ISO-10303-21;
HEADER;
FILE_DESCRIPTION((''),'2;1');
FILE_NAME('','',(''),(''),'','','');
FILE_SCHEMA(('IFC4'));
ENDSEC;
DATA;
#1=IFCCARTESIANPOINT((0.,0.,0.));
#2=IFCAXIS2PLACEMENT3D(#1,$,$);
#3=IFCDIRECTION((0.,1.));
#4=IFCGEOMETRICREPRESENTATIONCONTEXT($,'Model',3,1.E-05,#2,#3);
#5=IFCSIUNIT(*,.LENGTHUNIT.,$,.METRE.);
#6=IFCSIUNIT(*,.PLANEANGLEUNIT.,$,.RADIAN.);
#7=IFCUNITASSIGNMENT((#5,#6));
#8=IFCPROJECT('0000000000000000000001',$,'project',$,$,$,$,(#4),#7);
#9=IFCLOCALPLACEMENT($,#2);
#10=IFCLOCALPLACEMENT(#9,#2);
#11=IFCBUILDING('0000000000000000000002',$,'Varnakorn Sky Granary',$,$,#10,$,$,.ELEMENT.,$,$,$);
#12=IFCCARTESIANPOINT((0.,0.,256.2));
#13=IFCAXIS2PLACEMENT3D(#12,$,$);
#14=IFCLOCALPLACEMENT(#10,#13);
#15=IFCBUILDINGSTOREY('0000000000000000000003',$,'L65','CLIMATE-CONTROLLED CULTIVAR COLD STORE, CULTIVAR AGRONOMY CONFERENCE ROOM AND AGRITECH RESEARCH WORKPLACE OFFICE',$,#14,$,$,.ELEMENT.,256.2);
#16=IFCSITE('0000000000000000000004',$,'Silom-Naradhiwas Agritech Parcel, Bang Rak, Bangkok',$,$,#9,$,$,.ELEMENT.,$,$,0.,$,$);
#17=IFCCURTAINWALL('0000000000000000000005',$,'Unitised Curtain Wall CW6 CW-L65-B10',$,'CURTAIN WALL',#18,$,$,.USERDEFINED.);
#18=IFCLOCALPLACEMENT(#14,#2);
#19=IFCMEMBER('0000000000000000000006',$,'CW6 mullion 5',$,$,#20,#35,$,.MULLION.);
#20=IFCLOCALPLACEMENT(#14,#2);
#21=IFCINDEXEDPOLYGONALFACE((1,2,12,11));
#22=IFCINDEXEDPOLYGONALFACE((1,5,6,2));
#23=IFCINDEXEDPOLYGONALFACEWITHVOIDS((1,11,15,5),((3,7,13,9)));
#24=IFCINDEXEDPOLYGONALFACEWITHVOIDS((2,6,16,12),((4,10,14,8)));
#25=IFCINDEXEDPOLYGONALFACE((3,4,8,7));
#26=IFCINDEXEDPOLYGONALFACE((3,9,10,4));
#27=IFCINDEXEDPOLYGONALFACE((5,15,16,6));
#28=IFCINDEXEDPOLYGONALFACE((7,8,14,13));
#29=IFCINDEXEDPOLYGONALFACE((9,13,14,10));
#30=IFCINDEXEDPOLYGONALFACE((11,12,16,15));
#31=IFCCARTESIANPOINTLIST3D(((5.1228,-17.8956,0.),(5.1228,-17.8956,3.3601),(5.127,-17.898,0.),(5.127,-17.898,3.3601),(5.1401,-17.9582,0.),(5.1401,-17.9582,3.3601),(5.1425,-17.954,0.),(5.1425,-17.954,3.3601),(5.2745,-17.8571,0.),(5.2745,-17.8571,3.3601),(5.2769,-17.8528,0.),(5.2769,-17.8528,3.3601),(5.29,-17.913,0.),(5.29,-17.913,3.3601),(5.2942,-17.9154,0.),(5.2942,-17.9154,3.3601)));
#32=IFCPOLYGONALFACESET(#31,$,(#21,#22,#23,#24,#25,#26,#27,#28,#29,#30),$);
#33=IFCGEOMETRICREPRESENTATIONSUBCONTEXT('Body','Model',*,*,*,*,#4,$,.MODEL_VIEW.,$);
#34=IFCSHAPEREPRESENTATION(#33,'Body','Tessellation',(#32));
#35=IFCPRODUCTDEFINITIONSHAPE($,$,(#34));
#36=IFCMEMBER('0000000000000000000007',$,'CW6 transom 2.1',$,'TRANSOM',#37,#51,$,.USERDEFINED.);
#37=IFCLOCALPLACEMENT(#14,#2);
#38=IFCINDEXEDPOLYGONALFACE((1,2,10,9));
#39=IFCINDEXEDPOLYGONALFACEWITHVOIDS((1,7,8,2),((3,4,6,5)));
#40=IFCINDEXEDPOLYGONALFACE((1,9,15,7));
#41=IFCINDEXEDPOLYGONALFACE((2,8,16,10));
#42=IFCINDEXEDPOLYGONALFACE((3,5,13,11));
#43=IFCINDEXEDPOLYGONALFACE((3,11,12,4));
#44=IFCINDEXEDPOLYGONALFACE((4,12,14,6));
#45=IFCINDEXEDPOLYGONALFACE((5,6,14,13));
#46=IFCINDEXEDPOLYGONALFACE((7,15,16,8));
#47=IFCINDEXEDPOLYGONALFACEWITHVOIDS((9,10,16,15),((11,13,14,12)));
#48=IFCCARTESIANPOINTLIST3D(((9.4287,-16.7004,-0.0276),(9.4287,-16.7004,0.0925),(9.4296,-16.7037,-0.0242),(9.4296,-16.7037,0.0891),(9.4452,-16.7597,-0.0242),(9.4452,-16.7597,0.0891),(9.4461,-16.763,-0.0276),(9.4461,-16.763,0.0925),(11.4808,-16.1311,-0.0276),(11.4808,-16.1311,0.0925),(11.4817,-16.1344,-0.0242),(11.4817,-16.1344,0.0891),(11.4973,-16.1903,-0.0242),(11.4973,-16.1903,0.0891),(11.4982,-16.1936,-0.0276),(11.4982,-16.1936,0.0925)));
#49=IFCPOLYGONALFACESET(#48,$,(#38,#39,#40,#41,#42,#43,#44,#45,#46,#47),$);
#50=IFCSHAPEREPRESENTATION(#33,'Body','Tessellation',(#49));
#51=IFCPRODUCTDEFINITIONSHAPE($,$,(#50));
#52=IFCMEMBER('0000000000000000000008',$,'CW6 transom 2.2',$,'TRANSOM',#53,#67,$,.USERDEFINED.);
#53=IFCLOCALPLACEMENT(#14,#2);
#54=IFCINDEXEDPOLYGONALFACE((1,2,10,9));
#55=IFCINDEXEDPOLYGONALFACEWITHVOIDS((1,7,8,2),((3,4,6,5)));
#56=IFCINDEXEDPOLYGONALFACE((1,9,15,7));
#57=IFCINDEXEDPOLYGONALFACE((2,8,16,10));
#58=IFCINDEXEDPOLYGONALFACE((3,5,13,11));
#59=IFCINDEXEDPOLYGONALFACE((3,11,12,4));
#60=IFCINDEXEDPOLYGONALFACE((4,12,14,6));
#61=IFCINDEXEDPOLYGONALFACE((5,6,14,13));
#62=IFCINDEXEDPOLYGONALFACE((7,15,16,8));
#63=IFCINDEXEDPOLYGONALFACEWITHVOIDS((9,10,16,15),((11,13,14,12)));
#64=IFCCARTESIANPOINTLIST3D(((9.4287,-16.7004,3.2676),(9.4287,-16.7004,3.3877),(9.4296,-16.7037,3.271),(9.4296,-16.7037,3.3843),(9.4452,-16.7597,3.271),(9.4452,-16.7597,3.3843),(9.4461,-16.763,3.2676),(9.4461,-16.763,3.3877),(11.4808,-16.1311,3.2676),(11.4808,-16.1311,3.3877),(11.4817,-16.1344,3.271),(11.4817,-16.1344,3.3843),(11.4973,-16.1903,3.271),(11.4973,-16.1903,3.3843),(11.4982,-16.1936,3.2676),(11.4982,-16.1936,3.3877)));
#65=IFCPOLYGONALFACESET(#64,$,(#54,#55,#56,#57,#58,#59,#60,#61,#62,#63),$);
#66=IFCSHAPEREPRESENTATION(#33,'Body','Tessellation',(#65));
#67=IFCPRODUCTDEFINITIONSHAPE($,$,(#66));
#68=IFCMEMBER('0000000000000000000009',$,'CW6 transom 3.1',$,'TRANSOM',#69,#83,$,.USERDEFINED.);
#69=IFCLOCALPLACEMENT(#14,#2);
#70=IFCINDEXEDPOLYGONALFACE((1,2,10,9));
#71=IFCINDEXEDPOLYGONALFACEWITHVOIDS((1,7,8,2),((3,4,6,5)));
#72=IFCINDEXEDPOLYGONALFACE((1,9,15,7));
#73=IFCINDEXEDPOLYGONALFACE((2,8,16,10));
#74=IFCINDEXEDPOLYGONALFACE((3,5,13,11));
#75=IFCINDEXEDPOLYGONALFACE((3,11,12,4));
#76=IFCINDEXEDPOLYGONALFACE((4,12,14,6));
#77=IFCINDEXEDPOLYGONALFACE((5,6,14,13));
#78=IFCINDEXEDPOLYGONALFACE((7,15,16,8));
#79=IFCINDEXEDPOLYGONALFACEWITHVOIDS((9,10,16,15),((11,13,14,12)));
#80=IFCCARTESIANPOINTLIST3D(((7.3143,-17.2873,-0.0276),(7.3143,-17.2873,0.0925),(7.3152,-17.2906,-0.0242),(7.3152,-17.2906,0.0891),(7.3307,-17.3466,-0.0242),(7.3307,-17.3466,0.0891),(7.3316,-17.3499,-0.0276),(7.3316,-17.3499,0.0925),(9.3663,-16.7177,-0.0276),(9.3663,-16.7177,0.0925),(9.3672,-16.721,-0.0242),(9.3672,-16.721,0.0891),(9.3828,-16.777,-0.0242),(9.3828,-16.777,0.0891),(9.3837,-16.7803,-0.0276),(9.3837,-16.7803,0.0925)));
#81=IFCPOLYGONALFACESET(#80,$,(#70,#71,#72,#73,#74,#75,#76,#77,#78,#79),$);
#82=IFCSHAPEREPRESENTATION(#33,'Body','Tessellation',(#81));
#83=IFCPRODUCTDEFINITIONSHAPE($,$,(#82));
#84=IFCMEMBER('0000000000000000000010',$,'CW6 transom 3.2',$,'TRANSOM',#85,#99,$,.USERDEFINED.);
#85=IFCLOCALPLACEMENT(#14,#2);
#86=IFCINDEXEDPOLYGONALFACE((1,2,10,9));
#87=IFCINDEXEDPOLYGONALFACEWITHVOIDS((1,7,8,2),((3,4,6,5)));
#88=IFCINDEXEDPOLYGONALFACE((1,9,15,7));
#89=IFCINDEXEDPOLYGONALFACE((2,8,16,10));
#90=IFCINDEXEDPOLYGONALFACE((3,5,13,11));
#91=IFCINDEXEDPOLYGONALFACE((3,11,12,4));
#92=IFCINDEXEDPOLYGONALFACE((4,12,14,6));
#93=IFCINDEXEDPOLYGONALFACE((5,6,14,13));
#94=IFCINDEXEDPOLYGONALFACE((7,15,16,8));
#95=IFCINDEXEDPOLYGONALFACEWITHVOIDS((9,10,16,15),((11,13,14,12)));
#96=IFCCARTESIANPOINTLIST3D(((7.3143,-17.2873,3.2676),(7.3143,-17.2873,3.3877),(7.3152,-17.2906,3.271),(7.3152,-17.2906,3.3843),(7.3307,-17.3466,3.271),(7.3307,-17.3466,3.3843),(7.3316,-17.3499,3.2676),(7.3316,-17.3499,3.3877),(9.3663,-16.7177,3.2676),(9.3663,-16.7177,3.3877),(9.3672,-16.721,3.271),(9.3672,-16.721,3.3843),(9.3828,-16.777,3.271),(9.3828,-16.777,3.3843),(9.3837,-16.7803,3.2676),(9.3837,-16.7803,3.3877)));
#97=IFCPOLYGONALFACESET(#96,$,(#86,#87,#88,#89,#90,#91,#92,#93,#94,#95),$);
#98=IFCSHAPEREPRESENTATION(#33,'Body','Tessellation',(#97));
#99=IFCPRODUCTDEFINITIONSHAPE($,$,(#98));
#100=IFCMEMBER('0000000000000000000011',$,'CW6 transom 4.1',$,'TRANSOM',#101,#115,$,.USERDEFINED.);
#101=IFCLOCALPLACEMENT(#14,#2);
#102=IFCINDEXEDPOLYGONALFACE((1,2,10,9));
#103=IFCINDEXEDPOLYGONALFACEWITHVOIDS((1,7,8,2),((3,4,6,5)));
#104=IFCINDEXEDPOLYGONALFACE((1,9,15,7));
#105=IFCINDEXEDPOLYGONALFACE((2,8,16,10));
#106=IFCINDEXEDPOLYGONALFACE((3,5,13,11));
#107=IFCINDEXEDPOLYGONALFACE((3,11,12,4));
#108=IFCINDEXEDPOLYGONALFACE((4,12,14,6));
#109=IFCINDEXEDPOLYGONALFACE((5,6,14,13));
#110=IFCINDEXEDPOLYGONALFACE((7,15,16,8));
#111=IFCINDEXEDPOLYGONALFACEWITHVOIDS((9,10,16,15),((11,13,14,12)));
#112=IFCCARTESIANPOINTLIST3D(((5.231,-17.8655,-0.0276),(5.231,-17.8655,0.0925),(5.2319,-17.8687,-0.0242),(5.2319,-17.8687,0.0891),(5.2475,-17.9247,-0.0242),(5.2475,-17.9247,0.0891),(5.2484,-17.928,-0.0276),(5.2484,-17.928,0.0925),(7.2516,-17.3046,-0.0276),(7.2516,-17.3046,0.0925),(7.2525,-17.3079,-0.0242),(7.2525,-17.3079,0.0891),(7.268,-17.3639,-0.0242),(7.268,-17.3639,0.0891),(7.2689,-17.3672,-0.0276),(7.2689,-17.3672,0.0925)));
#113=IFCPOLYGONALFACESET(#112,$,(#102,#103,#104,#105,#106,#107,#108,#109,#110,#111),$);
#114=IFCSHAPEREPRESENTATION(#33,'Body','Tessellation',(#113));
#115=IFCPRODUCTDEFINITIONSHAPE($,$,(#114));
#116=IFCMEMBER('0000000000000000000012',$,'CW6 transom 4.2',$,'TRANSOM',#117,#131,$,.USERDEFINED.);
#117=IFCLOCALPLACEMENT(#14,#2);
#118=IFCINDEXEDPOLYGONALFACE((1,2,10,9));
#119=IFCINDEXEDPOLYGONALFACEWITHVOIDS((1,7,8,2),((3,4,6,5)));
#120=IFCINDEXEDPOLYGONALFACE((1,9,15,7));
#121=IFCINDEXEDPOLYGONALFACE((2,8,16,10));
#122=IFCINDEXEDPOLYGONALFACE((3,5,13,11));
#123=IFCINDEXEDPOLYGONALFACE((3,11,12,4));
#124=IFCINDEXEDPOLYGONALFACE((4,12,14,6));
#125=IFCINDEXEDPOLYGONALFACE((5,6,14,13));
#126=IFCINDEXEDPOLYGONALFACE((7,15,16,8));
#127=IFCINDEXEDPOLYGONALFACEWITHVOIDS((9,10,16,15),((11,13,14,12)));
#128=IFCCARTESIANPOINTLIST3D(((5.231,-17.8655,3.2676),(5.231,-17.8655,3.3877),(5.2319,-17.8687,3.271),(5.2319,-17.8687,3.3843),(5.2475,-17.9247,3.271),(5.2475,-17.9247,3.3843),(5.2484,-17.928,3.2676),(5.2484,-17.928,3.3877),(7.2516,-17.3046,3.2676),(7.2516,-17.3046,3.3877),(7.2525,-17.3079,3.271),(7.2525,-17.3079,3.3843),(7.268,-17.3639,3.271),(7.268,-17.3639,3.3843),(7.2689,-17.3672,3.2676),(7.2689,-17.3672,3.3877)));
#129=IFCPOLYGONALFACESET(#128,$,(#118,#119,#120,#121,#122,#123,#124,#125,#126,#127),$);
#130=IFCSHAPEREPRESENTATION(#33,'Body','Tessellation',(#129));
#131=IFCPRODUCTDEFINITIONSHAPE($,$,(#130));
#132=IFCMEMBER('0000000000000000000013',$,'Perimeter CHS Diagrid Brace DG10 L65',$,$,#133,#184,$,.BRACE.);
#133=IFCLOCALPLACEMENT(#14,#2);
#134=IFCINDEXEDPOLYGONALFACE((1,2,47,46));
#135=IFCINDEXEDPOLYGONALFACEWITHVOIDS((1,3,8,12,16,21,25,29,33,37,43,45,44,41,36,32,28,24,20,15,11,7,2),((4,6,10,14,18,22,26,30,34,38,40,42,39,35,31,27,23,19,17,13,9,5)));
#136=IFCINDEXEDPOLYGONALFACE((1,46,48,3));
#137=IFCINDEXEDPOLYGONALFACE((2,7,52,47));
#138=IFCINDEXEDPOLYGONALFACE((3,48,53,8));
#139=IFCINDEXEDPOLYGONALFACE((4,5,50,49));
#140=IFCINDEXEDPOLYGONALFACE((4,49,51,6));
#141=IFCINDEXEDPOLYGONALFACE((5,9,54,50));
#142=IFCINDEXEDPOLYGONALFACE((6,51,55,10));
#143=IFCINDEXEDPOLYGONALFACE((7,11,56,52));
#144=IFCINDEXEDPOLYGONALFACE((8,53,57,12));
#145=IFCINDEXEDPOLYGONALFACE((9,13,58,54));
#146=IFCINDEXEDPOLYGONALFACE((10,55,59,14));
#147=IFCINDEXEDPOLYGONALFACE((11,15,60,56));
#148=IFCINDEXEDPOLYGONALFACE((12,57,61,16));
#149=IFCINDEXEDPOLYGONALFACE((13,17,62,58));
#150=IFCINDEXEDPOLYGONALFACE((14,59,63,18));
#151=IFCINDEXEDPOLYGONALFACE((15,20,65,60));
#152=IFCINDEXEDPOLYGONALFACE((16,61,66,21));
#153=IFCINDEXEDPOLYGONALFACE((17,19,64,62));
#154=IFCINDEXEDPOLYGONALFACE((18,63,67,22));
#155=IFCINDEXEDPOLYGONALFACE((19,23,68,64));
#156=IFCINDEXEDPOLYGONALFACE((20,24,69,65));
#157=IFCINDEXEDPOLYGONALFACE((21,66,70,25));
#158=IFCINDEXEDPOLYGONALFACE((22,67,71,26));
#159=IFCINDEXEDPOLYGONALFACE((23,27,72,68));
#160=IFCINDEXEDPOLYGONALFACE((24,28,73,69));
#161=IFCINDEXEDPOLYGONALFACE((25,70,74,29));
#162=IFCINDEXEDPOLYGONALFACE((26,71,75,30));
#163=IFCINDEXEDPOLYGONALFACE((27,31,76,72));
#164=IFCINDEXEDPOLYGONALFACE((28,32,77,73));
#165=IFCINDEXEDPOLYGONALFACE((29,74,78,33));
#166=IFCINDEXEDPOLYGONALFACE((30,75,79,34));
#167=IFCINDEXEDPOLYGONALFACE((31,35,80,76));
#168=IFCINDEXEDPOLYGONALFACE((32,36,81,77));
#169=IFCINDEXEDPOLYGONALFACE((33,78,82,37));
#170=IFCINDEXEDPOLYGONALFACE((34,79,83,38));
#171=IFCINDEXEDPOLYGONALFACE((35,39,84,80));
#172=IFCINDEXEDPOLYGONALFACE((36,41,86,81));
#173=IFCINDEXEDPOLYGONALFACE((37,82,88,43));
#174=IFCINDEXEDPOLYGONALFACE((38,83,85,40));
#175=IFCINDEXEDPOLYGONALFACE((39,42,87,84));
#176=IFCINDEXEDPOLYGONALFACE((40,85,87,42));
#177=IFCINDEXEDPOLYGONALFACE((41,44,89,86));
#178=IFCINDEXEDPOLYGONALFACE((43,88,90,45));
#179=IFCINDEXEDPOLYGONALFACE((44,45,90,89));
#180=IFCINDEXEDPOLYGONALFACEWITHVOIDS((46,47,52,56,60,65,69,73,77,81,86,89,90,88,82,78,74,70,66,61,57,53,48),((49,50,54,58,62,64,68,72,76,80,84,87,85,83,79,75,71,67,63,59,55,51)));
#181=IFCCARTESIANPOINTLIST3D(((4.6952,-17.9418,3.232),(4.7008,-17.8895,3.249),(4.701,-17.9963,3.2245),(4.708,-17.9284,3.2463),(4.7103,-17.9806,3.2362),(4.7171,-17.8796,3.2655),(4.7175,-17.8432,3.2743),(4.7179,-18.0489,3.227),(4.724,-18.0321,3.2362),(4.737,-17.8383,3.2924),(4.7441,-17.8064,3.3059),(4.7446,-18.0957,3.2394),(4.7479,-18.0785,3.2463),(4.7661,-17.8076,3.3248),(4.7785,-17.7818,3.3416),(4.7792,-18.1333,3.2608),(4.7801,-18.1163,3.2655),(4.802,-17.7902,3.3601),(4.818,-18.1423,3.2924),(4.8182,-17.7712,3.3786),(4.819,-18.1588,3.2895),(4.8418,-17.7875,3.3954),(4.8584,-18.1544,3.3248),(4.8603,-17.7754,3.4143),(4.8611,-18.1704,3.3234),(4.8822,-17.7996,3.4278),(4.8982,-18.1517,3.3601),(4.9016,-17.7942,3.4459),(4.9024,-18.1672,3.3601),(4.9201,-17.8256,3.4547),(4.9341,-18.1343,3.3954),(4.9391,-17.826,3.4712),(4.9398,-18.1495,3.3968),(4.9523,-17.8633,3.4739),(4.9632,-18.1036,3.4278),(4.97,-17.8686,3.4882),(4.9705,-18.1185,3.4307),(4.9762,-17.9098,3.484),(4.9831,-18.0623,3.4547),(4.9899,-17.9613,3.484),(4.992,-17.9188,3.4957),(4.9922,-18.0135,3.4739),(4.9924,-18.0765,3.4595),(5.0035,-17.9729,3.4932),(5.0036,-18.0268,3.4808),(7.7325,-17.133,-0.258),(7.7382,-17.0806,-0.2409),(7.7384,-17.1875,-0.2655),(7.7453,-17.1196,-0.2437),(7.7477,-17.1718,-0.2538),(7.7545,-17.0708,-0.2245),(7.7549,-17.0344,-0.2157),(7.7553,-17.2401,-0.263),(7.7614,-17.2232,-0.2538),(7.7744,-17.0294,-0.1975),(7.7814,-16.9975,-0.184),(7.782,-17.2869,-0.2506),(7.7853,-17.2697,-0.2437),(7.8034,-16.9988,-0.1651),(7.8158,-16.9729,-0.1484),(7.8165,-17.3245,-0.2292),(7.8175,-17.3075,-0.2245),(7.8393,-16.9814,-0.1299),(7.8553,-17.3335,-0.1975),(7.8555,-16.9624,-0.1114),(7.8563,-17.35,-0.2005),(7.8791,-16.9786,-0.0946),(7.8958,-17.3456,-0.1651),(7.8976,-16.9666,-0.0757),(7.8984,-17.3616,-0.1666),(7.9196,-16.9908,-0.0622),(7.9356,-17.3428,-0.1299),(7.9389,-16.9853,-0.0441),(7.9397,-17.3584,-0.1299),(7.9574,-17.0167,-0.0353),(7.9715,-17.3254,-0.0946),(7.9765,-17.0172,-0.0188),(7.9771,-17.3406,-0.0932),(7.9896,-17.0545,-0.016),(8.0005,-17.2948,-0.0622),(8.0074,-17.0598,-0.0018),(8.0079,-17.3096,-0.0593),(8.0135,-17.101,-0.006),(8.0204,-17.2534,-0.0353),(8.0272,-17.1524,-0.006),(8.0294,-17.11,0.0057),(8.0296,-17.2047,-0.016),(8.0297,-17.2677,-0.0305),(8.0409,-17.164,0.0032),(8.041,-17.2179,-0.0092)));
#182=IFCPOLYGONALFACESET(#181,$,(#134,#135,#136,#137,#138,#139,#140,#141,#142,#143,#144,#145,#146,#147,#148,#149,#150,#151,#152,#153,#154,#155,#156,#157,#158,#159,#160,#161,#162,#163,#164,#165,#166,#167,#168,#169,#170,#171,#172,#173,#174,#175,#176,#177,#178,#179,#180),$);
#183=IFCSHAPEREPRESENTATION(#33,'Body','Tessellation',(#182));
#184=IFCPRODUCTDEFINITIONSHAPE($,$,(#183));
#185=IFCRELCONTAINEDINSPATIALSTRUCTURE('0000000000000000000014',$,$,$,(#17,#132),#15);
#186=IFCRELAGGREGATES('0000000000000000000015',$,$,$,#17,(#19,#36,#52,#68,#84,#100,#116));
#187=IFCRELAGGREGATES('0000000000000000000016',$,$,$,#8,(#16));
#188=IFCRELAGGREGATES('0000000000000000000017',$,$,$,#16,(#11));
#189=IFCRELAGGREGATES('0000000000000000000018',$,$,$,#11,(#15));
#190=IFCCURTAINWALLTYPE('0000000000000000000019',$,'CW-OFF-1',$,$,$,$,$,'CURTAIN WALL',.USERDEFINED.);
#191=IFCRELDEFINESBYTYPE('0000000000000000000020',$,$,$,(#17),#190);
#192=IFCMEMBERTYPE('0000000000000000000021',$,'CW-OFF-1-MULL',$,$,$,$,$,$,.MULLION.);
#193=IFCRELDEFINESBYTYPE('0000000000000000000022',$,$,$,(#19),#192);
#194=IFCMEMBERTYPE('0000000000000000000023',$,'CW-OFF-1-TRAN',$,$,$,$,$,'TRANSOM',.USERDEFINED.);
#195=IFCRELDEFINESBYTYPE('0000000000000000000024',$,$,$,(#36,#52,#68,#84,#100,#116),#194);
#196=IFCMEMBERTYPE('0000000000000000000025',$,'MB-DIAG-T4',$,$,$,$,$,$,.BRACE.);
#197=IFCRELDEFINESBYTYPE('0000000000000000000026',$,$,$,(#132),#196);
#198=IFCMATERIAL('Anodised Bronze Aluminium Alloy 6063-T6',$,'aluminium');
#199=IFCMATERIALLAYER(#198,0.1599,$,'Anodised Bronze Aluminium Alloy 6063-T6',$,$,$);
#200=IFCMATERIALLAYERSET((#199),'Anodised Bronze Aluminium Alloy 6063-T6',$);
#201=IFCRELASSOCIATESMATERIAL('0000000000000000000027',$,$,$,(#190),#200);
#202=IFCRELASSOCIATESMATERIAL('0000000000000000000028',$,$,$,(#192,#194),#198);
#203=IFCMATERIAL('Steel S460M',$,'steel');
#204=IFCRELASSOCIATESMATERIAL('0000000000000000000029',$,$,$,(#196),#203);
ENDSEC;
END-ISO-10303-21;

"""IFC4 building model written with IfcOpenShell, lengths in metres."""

from ifc_helpers import new_model, si_unit, direction, frame, origin, origin_2d, place, context, subcontext, project, spatial, hollow_rectangle, hollow_circle, extrude, material, layer, layer_set, material_profile, profile_set, type_object, element, aggregate, save


model = new_model("IFC4")

# Units and contexts
model_context = context("Model", 3, precision=1e-05, world=origin(), true_north=direction((0.0, 1.0)))
body_context = subcontext(model_context, "Body", "Model", "MODEL_VIEW")
ifc_project = project(units=[si_unit("LENGTHUNIT", "METRE"), si_unit("PLANEANGLEUNIT", "RADIAN")], contexts=[model_context])

# Site, building, storey
site_placement = place(None, origin())
site = spatial("IfcSite", under=ifc_project, at=site_placement, Name="Silom-Naradhiwas Agritech Parcel, Bang Rak, Bangkok", CompositionType="ELEMENT", RefElevation=0.0)
building_placement = place(site_placement, origin())
building = spatial("IfcBuilding", under=site, at=building_placement, Name="Varnakorn Sky Granary", CompositionType="ELEMENT")
storey_placement = place(building_placement, frame((0.0, 0.0, 256.2)))
storey = spatial("IfcBuildingStorey", under=building, at=storey_placement, Name="L65", Description="CLIMATE-CONTROLLED CULTIVAR COLD STORE, CULTIVAR AGRONOMY CONFERENCE ROOM AND AGRITECH RESEARCH WORKPLACE OFFICE", CompositionType="ELEMENT", Elevation=256.2)

# Shared definitions
ifc_material_1 = material(Name="Steel S460M", Category="steel")

# Curtain wall, members
ifc_material_2 = material(Name="Anodised Bronze Aluminium Alloy 6063-T6", Category="aluminium")
ifc_layer_1 = layer(ifc_material_2, 0.1599, Name="Anodised Bronze Aluminium Alloy 6063-T6")
ifc_layer_set_1 = layer_set([ifc_layer_1], Name="Anodised Bronze Aluminium Alloy 6063-T6")
curtain_wall_type = type_object("IfcCurtainWallType", Name="CW-OFF-1", ElementType="CURTAIN WALL", PredefinedType="USERDEFINED", material=ifc_layer_set_1)
curtain_wall_placement = place(storey_placement, origin())
curtain_wall = element("IfcCurtainWall", 1, at=curtain_wall_placement, inside=storey, type_object=curtain_wall_type, Name="Unitised Curtain Wall CW6 CW-L65-B10", ObjectType="CURTAIN WALL", PredefinedType="USERDEFINED")
ifc_material_profile_1 = material_profile(ifc_material_2, hollow_rectangle(XDim=0.0649, YDim=0.1599, WallThickness=0.0034, at=origin_2d()), Name="ALU MULL 65x160")
ifc_profile_set_1 = profile_set([ifc_material_profile_1], Name="Anodised Bronze Aluminium Alloy 6063-T6")
member_type_1 = type_object("IfcMemberType", Name="CW-OFF-1-MULL", PredefinedType="MULLION", material=ifc_profile_set_1)
member_1_placement = place(storey_placement, frame((5.2085, -17.9055, 0.0), z_axis=(0.0, 0.0, 1.0), x_axis=(0.267429, -0.963577, 0.0)))
member_1 = element("IfcMember", 2, at=member_1_placement, type_object=member_type_1, Name="CW6 mullion 5", PredefinedType="MULLION", context=body_context, shape_type="SweptSolid", body=[
    extrude(hollow_rectangle(XDim=0.0649, YDim=0.1599, WallThickness=0.0034, at=origin_2d()), origin(), (0.0, 0.0, 1.0), 3.3601),
])
ifc_material_profile_2 = material_profile(ifc_material_2, hollow_rectangle(XDim=0.0649, YDim=0.1201, WallThickness=0.0034, at=origin_2d()), Name="ALU TRAN 65x120")
ifc_profile_set_2 = profile_set([ifc_material_profile_2], Name="Anodised Bronze Aluminium Alloy 6063-T6")
member_type_2 = type_object("IfcMemberType", Name="CW-OFF-1-TRAN", ElementType="TRANSOM", PredefinedType="USERDEFINED", material=ifc_profile_set_2)
member_2_placement = place(storey_placement, frame((11.4895, -16.1624, 0.0325), z_axis=(-0.963598, -0.267354, 0.0), x_axis=(0.267354, -0.963598, 0.0)))
member_2 = element("IfcMember", 3, at=member_2_placement, type_object=member_type_2, Name="CW6 transom 2.1", ObjectType="TRANSOM", PredefinedType="USERDEFINED", context=body_context, shape_type="SweptSolid", body=[
    extrude(hollow_rectangle(XDim=0.0649, YDim=0.1201, WallThickness=0.0034, at=origin_2d()), origin(), (0.0, 0.0, 1.0), 2.1296),
])
member_3_placement = place(storey_placement, frame((11.4895, -16.1624, 3.3276), z_axis=(-0.963598, -0.267354, 0.0), x_axis=(0.267354, -0.963598, 0.0)))
member_3 = element("IfcMember", 4, at=member_3_placement, type_object=member_type_2, Name="CW6 transom 2.2", ObjectType="TRANSOM", PredefinedType="USERDEFINED", context=body_context, shape_type="SweptSolid", body=[
    extrude(hollow_rectangle(XDim=0.0649, YDim=0.1201, WallThickness=0.0034, at=origin_2d()), origin(), (0.0, 0.0, 1.0), 2.1296),
])
member_4_placement = place(storey_placement, frame((9.375, -16.749, 0.0325), z_axis=(-0.963569, -0.267461, 0.0), x_axis=(0.267461, -0.963569, 0.0)))
member_4 = element("IfcMember", 5, at=member_4_placement, type_object=member_type_2, Name="CW6 transom 3.1", ObjectType="TRANSOM", PredefinedType="USERDEFINED", context=body_context, shape_type="SweptSolid", body=[
    extrude(hollow_rectangle(XDim=0.0649, YDim=0.1201, WallThickness=0.0034, at=origin_2d()), origin(), (0.0, 0.0, 1.0), 2.1296),
])
member_5_placement = place(storey_placement, frame((9.375, -16.749, 3.3276), z_axis=(-0.963569, -0.267461, 0.0), x_axis=(0.267461, -0.963569, 0.0)))
member_5 = element("IfcMember", 6, at=member_5_placement, type_object=member_type_2, Name="CW6 transom 3.2", ObjectType="TRANSOM", PredefinedType="USERDEFINED", context=body_context, shape_type="SweptSolid", body=[
    extrude(hollow_rectangle(XDim=0.0649, YDim=0.1201, WallThickness=0.0034, at=origin_2d()), origin(), (0.0, 0.0, 1.0), 2.1296),
])
member_6_placement = place(storey_placement, frame((7.2603, -17.3359, 0.0325), z_axis=(-0.963575, -0.26744, 0.0), x_axis=(0.26744, -0.963575, 0.0)))
member_6 = element("IfcMember", 7, at=member_6_placement, type_object=member_type_2, Name="CW6 transom 4.1", ObjectType="TRANSOM", PredefinedType="USERDEFINED", context=body_context, shape_type="SweptSolid", body=[
    extrude(hollow_rectangle(XDim=0.0649, YDim=0.1201, WallThickness=0.0034, at=origin_2d()), origin(), (0.0, 0.0, 1.0), 2.0969),
])
member_7_placement = place(storey_placement, frame((7.2603, -17.3359, 3.3276), z_axis=(-0.963575, -0.26744, 0.0), x_axis=(0.26744, -0.963575, 0.0)))
member_7 = element("IfcMember", 8, at=member_7_placement, type_object=member_type_2, Name="CW6 transom 4.2", ObjectType="TRANSOM", PredefinedType="USERDEFINED", context=body_context, shape_type="SweptSolid", body=[
    extrude(hollow_rectangle(XDim=0.0649, YDim=0.1201, WallThickness=0.0034, at=origin_2d()), origin(), (0.0, 0.0, 1.0), 2.0969),
])

# Member
ifc_material_profile_3 = material_profile(ifc_material_1, hollow_circle(Radius=0.2031, WallThickness=0.0161, at=origin_2d()), Name="CHS 406.4x16")
ifc_profile_set_3 = profile_set([ifc_material_profile_3], Name="Steel S460M")
member_type_3 = type_object("IfcMemberType", Name="MB-DIAG-T4", PredefinedType="BRACE", material=ifc_profile_set_3)
member_8_placement = place(storey_placement, frame((7.8875, -17.1621, -0.1299), z_axis=(-0.646688, -0.172211, 0.74306), x_axis=(0.257329, -0.966324, 0.0)))
element("IfcMember", 9, at=member_8_placement, inside=storey, type_object=member_type_3, Name="Perimeter CHS Diagrid Brace DG10 L65", PredefinedType="BRACE", context=body_context, shape_type="SweptSolid", body=[
    extrude(hollow_circle(Radius=0.2031, WallThickness=0.0161, at=origin_2d()), origin(), (0.0, 0.0, 1.0), 4.6968),
])

aggregate(curtain_wall, [member_1, member_2, member_3, member_4, member_5, member_6, member_7])

save(model, "model.ifc")
